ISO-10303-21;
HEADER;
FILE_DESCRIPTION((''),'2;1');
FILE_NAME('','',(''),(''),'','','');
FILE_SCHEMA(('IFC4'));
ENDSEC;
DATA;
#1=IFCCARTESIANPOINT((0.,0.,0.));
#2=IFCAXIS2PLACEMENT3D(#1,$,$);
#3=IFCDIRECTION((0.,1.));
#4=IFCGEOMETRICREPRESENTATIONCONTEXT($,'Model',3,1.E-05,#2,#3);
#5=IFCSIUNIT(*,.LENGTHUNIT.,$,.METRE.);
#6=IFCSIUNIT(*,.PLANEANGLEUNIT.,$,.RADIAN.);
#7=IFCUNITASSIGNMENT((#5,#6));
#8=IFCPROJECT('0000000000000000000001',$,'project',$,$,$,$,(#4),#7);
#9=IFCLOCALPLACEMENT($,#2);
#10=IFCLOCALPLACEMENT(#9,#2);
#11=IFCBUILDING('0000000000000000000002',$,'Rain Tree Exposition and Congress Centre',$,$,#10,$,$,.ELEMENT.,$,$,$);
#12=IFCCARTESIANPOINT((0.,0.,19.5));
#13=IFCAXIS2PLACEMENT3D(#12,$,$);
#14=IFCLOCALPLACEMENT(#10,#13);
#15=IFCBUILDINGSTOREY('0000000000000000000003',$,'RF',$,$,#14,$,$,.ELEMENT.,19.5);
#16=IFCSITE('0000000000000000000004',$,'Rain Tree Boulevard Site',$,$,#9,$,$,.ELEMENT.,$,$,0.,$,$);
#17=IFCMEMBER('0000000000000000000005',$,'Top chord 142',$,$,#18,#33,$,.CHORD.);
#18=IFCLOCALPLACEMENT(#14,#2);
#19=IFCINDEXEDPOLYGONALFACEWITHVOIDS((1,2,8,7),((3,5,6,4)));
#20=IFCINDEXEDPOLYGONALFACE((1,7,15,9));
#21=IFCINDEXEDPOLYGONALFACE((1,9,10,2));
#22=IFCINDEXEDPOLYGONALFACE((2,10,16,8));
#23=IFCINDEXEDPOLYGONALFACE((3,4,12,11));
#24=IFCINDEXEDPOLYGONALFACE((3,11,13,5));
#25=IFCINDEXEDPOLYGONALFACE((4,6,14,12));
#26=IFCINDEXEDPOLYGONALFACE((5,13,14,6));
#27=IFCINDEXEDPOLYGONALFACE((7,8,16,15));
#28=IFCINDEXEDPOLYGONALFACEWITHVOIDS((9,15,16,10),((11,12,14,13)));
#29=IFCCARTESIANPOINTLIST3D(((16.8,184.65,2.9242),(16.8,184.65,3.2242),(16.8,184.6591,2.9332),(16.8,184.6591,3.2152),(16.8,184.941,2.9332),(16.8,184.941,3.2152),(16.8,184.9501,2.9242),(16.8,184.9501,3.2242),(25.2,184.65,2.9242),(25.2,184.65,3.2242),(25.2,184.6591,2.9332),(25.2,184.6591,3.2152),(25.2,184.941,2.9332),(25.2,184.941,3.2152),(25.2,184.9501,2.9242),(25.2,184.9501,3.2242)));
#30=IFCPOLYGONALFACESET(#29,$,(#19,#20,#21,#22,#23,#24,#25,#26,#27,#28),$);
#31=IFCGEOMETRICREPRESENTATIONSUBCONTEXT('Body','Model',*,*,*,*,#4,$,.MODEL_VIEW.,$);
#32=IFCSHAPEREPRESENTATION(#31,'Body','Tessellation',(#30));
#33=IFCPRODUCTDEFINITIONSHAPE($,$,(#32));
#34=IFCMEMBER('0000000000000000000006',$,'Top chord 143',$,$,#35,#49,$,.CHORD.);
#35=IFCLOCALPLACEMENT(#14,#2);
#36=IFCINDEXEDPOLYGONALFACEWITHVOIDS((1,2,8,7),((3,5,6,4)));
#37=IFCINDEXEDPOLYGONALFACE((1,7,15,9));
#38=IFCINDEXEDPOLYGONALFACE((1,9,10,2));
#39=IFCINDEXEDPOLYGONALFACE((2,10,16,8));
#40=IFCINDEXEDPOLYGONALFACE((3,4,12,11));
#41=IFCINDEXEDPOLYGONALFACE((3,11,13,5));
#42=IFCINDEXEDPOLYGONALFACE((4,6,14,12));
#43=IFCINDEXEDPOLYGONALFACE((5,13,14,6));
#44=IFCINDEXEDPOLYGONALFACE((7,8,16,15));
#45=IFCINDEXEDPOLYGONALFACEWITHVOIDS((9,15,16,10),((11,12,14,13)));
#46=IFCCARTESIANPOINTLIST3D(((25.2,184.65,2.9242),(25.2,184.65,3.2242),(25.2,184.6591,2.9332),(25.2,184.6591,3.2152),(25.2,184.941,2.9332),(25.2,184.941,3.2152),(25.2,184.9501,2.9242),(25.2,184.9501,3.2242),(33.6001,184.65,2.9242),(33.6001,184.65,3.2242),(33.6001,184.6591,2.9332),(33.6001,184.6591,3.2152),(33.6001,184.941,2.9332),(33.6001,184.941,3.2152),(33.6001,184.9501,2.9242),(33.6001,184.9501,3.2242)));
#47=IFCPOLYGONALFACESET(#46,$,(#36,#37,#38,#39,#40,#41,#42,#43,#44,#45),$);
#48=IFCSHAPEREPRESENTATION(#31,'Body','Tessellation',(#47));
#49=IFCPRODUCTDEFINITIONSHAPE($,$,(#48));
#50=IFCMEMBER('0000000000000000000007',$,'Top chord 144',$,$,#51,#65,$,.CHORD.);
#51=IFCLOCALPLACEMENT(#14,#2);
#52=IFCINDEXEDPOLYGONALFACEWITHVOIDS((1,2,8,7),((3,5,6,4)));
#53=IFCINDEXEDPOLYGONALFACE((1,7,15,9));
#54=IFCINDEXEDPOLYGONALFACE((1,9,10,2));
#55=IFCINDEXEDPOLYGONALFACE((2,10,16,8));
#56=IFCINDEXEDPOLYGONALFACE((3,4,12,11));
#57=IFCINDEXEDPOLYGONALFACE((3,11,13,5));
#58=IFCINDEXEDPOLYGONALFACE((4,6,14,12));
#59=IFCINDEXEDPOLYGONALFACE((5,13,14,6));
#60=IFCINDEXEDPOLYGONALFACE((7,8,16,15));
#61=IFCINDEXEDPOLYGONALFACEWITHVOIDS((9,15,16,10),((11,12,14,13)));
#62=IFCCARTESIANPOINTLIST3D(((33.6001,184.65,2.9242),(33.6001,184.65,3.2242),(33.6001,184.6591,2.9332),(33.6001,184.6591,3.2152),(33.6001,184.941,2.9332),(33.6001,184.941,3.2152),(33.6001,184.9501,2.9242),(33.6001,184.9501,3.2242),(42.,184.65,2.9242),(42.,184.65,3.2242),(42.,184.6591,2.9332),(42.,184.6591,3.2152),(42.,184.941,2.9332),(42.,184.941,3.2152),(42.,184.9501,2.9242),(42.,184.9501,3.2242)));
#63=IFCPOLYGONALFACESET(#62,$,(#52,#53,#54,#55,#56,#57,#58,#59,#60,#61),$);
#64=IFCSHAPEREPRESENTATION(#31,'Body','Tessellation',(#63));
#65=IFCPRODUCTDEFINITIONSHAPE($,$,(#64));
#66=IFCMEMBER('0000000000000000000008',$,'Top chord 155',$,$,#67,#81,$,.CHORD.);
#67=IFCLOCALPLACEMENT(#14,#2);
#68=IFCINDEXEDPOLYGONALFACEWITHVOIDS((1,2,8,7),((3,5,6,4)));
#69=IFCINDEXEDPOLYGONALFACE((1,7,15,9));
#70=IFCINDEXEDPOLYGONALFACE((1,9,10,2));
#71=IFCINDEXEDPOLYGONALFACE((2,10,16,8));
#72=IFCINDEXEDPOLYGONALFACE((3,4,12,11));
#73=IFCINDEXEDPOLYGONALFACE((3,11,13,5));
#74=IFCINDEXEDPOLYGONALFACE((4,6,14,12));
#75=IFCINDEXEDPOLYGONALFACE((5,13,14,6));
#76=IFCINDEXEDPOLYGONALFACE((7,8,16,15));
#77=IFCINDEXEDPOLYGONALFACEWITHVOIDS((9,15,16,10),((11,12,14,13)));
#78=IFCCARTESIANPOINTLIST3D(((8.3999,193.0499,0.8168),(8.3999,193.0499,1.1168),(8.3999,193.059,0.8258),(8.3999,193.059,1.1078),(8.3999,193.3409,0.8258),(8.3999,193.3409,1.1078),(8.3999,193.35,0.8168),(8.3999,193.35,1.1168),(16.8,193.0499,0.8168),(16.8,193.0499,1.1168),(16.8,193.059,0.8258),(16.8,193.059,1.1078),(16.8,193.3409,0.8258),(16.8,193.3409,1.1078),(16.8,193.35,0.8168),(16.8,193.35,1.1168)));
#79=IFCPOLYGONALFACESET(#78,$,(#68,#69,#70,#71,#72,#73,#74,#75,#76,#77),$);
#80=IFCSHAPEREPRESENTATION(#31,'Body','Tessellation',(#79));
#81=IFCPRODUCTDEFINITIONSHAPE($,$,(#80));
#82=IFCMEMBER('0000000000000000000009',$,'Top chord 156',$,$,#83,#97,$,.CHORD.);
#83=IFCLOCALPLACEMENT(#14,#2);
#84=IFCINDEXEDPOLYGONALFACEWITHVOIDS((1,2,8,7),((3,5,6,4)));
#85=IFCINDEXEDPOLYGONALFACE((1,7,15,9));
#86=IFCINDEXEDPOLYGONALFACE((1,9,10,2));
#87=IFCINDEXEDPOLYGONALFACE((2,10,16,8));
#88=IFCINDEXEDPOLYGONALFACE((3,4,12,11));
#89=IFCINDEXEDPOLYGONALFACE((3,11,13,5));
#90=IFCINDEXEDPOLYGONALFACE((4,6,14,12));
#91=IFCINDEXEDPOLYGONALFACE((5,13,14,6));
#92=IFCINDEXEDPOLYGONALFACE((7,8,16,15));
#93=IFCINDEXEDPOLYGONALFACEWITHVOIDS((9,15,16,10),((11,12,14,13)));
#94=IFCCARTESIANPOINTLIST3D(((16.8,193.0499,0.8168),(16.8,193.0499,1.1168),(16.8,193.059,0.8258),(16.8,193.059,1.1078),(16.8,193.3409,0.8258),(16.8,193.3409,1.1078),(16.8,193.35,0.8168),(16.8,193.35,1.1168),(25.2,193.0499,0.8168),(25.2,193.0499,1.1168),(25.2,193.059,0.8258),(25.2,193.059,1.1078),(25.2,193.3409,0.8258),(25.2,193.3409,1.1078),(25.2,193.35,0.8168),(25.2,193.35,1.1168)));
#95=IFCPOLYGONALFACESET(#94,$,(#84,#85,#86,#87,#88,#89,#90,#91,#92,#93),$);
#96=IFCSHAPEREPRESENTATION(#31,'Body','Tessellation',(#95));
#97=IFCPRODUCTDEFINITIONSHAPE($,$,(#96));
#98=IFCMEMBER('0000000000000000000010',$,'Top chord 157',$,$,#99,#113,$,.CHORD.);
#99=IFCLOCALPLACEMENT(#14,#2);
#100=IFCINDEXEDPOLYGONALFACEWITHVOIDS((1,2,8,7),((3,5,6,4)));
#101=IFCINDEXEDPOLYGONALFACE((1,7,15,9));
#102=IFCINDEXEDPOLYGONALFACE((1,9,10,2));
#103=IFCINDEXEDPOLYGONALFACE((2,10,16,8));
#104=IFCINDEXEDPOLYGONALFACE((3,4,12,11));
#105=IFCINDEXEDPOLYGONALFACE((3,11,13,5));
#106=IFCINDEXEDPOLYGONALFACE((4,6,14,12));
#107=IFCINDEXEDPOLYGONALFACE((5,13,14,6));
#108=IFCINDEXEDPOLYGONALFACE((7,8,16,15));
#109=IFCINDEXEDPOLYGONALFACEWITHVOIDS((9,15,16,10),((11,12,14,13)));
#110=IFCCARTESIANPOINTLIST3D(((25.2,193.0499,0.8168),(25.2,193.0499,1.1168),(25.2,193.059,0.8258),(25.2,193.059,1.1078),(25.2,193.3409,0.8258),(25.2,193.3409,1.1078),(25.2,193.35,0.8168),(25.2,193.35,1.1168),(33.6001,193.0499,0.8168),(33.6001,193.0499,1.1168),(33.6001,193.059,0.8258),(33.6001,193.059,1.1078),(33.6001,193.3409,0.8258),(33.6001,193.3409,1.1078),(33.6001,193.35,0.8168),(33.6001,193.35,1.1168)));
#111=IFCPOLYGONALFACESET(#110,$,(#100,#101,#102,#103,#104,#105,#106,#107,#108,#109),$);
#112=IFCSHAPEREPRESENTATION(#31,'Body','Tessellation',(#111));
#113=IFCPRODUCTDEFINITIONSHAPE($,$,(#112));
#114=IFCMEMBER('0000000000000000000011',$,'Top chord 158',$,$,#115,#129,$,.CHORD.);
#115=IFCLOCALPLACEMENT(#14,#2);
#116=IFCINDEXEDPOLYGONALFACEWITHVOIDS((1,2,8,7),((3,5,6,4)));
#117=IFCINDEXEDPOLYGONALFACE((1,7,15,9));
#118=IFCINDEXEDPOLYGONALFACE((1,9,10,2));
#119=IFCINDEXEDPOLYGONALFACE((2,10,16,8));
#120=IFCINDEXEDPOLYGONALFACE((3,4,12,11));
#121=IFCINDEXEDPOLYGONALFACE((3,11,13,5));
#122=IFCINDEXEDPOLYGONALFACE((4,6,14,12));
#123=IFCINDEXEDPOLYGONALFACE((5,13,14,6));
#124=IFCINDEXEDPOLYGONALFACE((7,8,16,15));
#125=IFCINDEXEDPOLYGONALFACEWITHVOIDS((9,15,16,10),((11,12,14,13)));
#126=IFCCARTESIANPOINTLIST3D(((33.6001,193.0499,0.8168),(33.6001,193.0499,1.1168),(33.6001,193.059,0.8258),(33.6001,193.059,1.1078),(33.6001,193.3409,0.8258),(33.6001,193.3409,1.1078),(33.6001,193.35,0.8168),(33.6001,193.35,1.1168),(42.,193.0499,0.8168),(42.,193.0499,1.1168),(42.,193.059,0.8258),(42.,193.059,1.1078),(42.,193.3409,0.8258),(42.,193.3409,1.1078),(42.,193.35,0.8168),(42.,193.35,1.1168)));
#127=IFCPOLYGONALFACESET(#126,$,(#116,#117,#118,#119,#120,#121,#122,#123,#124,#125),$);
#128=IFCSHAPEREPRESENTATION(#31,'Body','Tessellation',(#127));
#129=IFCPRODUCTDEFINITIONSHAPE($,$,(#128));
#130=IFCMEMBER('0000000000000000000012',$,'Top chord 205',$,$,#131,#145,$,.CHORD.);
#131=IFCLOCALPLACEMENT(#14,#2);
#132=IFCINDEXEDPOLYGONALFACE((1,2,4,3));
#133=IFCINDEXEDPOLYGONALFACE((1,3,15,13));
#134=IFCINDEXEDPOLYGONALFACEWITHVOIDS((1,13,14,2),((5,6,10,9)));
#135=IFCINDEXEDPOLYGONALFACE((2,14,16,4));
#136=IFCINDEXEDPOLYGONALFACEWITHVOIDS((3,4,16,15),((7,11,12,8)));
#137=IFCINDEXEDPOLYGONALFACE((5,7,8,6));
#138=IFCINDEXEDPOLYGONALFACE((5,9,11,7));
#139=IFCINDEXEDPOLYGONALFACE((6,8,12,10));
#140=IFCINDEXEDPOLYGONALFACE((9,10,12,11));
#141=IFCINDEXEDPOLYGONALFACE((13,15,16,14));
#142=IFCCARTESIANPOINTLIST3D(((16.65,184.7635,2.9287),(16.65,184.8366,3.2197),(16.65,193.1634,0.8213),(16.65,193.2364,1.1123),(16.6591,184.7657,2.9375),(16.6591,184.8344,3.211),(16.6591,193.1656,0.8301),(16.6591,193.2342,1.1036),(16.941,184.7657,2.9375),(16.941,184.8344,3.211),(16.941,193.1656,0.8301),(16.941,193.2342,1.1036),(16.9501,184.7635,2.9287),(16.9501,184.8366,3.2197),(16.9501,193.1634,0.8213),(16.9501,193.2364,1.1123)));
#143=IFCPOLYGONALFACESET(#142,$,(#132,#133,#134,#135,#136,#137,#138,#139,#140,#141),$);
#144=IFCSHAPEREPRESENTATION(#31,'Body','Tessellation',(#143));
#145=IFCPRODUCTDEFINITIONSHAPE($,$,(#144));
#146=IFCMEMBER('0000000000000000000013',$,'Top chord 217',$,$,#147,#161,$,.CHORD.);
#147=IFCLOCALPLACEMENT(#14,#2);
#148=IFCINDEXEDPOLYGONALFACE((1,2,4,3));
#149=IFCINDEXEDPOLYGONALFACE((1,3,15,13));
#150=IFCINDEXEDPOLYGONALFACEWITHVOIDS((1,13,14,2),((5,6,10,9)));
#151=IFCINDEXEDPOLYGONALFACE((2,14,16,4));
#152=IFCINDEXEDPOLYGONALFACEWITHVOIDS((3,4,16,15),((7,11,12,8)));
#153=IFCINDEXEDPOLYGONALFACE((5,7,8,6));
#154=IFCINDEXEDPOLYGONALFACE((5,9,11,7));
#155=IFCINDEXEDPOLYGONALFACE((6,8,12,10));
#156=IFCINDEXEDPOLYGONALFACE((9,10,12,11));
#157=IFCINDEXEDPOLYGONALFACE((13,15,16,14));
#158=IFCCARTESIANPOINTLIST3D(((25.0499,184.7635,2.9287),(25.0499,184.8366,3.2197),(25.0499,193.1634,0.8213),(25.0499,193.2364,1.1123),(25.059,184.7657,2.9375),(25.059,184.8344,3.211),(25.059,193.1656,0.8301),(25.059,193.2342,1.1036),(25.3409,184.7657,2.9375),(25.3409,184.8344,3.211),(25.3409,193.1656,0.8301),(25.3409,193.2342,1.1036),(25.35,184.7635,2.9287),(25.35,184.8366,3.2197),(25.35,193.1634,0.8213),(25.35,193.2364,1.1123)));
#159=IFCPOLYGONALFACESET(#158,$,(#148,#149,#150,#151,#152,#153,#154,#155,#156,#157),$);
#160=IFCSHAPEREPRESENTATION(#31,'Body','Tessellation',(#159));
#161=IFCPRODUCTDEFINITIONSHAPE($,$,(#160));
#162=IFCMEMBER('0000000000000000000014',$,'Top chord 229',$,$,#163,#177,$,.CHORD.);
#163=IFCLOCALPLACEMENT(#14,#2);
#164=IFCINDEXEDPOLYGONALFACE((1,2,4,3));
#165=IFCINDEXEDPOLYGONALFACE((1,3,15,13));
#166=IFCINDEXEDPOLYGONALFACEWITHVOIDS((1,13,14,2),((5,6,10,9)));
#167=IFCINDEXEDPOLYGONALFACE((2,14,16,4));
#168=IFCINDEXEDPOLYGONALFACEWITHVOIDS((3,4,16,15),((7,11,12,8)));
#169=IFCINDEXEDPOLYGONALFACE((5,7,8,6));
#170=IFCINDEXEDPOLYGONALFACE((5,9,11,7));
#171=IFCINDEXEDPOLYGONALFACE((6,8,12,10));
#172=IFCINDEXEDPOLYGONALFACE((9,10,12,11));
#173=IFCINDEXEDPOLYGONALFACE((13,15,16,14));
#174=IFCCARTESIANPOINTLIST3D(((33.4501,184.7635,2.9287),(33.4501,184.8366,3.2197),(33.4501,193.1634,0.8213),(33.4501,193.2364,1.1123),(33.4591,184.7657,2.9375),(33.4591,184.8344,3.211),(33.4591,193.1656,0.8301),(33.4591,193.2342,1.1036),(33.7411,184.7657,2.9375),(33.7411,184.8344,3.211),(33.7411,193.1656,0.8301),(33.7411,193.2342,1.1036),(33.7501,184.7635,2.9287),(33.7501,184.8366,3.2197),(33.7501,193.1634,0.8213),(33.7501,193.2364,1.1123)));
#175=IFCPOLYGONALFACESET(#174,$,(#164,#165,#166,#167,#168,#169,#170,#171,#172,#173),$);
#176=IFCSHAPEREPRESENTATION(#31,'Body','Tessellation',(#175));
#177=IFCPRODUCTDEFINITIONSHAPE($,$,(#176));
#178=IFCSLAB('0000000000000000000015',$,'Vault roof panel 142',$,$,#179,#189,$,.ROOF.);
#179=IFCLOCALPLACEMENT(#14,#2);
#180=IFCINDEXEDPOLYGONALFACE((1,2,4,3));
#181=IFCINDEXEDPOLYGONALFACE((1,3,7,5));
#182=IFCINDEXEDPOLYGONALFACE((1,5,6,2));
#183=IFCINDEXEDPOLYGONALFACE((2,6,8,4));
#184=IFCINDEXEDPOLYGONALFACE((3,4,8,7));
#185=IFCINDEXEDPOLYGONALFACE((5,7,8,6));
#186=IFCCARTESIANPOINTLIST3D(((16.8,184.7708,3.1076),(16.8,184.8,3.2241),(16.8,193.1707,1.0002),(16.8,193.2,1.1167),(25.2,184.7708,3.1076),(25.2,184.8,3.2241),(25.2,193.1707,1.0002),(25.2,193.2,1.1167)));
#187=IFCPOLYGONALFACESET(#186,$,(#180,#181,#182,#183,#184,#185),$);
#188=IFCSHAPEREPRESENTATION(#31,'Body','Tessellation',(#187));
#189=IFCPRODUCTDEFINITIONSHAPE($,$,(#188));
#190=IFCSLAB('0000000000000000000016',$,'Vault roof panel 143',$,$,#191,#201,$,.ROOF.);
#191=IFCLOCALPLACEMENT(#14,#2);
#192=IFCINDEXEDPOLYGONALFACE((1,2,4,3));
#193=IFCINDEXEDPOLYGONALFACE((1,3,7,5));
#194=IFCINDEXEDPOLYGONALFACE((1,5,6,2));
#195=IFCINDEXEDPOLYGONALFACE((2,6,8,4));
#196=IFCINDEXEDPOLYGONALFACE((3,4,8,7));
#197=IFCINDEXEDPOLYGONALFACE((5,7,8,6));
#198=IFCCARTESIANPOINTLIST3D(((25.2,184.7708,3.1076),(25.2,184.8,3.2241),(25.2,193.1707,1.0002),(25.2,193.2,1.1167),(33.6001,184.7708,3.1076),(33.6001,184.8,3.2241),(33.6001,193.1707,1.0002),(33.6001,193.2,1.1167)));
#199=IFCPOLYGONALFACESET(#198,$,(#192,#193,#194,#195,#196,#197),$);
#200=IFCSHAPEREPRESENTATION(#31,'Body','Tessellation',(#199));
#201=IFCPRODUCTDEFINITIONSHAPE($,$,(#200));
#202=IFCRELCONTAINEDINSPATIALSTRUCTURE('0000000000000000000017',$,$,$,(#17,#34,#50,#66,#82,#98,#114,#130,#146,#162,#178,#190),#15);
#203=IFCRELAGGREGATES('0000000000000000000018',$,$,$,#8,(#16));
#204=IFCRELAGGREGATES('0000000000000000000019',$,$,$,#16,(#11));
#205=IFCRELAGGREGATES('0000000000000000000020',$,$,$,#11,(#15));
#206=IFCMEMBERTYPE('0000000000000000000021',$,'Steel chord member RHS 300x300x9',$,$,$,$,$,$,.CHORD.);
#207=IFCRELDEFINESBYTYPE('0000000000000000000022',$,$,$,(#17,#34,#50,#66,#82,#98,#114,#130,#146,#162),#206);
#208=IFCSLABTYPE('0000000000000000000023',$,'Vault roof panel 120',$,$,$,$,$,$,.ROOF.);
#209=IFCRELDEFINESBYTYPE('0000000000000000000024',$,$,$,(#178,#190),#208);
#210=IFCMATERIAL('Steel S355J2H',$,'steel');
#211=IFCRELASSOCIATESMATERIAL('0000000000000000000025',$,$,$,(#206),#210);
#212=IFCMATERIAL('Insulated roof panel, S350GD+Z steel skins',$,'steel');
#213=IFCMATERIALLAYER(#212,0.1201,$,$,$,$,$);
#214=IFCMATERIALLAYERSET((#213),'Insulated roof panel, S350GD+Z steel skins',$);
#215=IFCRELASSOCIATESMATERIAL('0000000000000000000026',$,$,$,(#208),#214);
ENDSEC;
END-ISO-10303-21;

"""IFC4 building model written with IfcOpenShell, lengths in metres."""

from ifc_helpers import new_model, si_unit, direction, frame, origin, origin_2d, place, context, subcontext, project, spatial, polyline, hollow_rectangle, outline, extrude, material, layer, layer_set, material_profile, profile_set, type_object, element, save


model = new_model("IFC4")

# Units and contexts
model_context = context("Model", 3, precision=1e-05, world=origin(), true_north=direction((0.0, 1.0)))
body_context = subcontext(model_context, "Body", "Model", "MODEL_VIEW")
ifc_project = project(units=[si_unit("LENGTHUNIT", "METRE"), si_unit("PLANEANGLEUNIT", "RADIAN")], contexts=[model_context])

# Site, building, storey
site_placement = place(None, origin())
site = spatial("IfcSite", under=ifc_project, at=site_placement, Name="Rain Tree Boulevard Site", CompositionType="ELEMENT", RefElevation=0.0)
building_placement = place(site_placement, origin())
building = spatial("IfcBuilding", under=site, at=building_placement, Name="Rain Tree Exposition and Congress Centre", CompositionType="ELEMENT")
storey_placement = place(building_placement, frame((0.0, 0.0, 19.5)))
storey = spatial("IfcBuildingStorey", under=building, at=storey_placement, Name="RF", CompositionType="ELEMENT", Elevation=19.5)

# Members
ifc_material_1 = material(Name="Steel S355J2H", Category="steel")
ifc_material_profile_1 = material_profile(ifc_material_1, hollow_rectangle(XDim=0.3, YDim=0.3, WallThickness=0.009, at=origin_2d()), Name="RHS 300x300x9")
ifc_profile_set_1 = profile_set([ifc_material_profile_1], Name="Steel S355J2H")
member_type = type_object("IfcMemberType", Name="Steel chord member RHS 300x300x9", PredefinedType="CHORD", material=ifc_profile_set_1)
member_1_placement = place(storey_placement, frame((16.8, 184.8, 3.0742), z_axis=(1.0, 0.0, 0.0), x_axis=(0.0, 1.0, 0.0)))
element("IfcMember", 1, at=member_1_placement, inside=storey, type_object=member_type, Name="Top chord 142", PredefinedType="CHORD", context=body_context, shape_type="SweptSolid", body=[
    extrude(hollow_rectangle(XDim=0.3, YDim=0.3, WallThickness=0.009, at=origin_2d()), origin(), (0.0, 0.0, 1.0), 8.3999),
])
member_2_placement = place(storey_placement, frame((25.2, 184.8, 3.0742), z_axis=(1.0, 0.0, 0.0), x_axis=(0.0, 1.0, 0.0)))
element("IfcMember", 2, at=member_2_placement, inside=storey, type_object=member_type, Name="Top chord 143", PredefinedType="CHORD", context=body_context, shape_type="SweptSolid", body=[
    extrude(hollow_rectangle(XDim=0.3, YDim=0.3, WallThickness=0.009, at=origin_2d()), origin(), (0.0, 0.0, 1.0), 8.4001),
])
member_3_placement = place(storey_placement, frame((33.6001, 184.8, 3.0742), z_axis=(1.0, 0.0, 0.0), x_axis=(0.0, 1.0, 0.0)))
element("IfcMember", 3, at=member_3_placement, inside=storey, type_object=member_type, Name="Top chord 144", PredefinedType="CHORD", context=body_context, shape_type="SweptSolid", body=[
    extrude(hollow_rectangle(XDim=0.3, YDim=0.3, WallThickness=0.009, at=origin_2d()), origin(), (0.0, 0.0, 1.0), 8.3999),
])
member_4_placement = place(storey_placement, frame((8.3999, 193.2, 0.9668), z_axis=(1.0, 0.0, 0.0), x_axis=(0.0, 1.0, 0.0)))
element("IfcMember", 4, at=member_4_placement, inside=storey, type_object=member_type, Name="Top chord 155", PredefinedType="CHORD", context=body_context, shape_type="SweptSolid", body=[
    extrude(hollow_rectangle(XDim=0.3, YDim=0.3, WallThickness=0.009, at=origin_2d()), origin(), (0.0, 0.0, 1.0), 8.4001),
])
member_5_placement = place(storey_placement, frame((16.8, 193.2, 0.9668), z_axis=(1.0, 0.0, 0.0), x_axis=(0.0, 1.0, 0.0)))
element("IfcMember", 5, at=member_5_placement, inside=storey, type_object=member_type, Name="Top chord 156", PredefinedType="CHORD", context=body_context, shape_type="SweptSolid", body=[
    extrude(hollow_rectangle(XDim=0.3, YDim=0.3, WallThickness=0.009, at=origin_2d()), origin(), (0.0, 0.0, 1.0), 8.3999),
])
member_6_placement = place(storey_placement, frame((25.2, 193.2, 0.9668), z_axis=(1.0, 0.0, 0.0), x_axis=(0.0, 1.0, 0.0)))
element("IfcMember", 6, at=member_6_placement, inside=storey, type_object=member_type, Name="Top chord 157", PredefinedType="CHORD", context=body_context, shape_type="SweptSolid", body=[
    extrude(hollow_rectangle(XDim=0.3, YDim=0.3, WallThickness=0.009, at=origin_2d()), origin(), (0.0, 0.0, 1.0), 8.4001),
])
member_7_placement = place(storey_placement, frame((33.6001, 193.2, 0.9668), z_axis=(1.0, 0.0, 0.0), x_axis=(0.0, 1.0, 0.0)))
element("IfcMember", 7, at=member_7_placement, inside=storey, type_object=member_type, Name="Top chord 158", PredefinedType="CHORD", context=body_context, shape_type="SweptSolid", body=[
    extrude(hollow_rectangle(XDim=0.3, YDim=0.3, WallThickness=0.009, at=origin_2d()), origin(), (0.0, 0.0, 1.0), 8.3999),
])
for number, where, z_axis, x_axis, name in (
    (8, (16.8, 184.8, 3.0742), (0.0, 0.96994, -0.243345), (-1.0, 0.0, 0.0), "Top chord 205"),
    (9, (25.2, 184.8, 3.0742), (0.0, 0.96994, -0.243345), (-1.0, 0.0, 0.0), "Top chord 217"),
    (10, (33.6001, 184.8, 3.0742), (0.0, 0.96994, -0.243345), (-1.0, 0.0, 0.0), "Top chord 229"),
):
    element("IfcMember", number, at=place(storey_placement, frame(where, z_axis=z_axis, x_axis=x_axis)), inside=storey, type_object=member_type, Name=name, PredefinedType="CHORD", context=body_context, shape_type="SweptSolid", body=[
        extrude(hollow_rectangle(XDim=0.3, YDim=0.3, WallThickness=0.009, at=origin_2d()), origin(), (0.0, 0.0, 1.0), 8.6602),
    ])

# Slabs
ifc_material_2 = material(Name="Insulated roof panel, S350GD+Z steel skins", Category="steel")
ifc_layer_1 = layer(ifc_material_2, 0.1201)
ifc_layer_set_1 = layer_set([ifc_layer_1], Name="Insulated roof panel, S350GD+Z steel skins")
slab_type = type_object("IfcSlabType", Name="Vault roof panel 120", PredefinedType="ROOF", material=ifc_layer_set_1)
slab_1_placement = place(storey_placement, frame((16.8, 184.8, 3.2241), z_axis=(0.0, 0.243345, 0.96994), x_axis=(1.0, 0.0, 0.0)))
element("IfcSlab", 11, at=slab_1_placement, inside=storey, type_object=slab_type, Name="Vault roof panel 142", PredefinedType="ROOF", context=body_context, shape_type="SweptSolid", body=[
    extrude(outline(polyline([(0.0, 0.0), (8.3999, 0.0), (8.3999, 8.6602), (0.0, 8.6602), (0.0, 0.0)])), origin(), (0.0, 0.0, -1.0), 0.1201),
])
slab_2_placement = place(storey_placement, frame((25.2, 184.8, 3.2241), z_axis=(0.0, 0.243345, 0.96994), x_axis=(1.0, 0.0, 0.0)))
element("IfcSlab", 12, at=slab_2_placement, inside=storey, type_object=slab_type, Name="Vault roof panel 143", PredefinedType="ROOF", context=body_context, shape_type="SweptSolid", body=[
    extrude(outline(polyline([(0.0, 0.0), (8.4001, 0.0), (8.4001, 8.6602), (0.0, 8.6602), (0.0, 0.0)])), origin(), (0.0, 0.0, -1.0), 0.1201),
])

save(model, "model.ifc")
